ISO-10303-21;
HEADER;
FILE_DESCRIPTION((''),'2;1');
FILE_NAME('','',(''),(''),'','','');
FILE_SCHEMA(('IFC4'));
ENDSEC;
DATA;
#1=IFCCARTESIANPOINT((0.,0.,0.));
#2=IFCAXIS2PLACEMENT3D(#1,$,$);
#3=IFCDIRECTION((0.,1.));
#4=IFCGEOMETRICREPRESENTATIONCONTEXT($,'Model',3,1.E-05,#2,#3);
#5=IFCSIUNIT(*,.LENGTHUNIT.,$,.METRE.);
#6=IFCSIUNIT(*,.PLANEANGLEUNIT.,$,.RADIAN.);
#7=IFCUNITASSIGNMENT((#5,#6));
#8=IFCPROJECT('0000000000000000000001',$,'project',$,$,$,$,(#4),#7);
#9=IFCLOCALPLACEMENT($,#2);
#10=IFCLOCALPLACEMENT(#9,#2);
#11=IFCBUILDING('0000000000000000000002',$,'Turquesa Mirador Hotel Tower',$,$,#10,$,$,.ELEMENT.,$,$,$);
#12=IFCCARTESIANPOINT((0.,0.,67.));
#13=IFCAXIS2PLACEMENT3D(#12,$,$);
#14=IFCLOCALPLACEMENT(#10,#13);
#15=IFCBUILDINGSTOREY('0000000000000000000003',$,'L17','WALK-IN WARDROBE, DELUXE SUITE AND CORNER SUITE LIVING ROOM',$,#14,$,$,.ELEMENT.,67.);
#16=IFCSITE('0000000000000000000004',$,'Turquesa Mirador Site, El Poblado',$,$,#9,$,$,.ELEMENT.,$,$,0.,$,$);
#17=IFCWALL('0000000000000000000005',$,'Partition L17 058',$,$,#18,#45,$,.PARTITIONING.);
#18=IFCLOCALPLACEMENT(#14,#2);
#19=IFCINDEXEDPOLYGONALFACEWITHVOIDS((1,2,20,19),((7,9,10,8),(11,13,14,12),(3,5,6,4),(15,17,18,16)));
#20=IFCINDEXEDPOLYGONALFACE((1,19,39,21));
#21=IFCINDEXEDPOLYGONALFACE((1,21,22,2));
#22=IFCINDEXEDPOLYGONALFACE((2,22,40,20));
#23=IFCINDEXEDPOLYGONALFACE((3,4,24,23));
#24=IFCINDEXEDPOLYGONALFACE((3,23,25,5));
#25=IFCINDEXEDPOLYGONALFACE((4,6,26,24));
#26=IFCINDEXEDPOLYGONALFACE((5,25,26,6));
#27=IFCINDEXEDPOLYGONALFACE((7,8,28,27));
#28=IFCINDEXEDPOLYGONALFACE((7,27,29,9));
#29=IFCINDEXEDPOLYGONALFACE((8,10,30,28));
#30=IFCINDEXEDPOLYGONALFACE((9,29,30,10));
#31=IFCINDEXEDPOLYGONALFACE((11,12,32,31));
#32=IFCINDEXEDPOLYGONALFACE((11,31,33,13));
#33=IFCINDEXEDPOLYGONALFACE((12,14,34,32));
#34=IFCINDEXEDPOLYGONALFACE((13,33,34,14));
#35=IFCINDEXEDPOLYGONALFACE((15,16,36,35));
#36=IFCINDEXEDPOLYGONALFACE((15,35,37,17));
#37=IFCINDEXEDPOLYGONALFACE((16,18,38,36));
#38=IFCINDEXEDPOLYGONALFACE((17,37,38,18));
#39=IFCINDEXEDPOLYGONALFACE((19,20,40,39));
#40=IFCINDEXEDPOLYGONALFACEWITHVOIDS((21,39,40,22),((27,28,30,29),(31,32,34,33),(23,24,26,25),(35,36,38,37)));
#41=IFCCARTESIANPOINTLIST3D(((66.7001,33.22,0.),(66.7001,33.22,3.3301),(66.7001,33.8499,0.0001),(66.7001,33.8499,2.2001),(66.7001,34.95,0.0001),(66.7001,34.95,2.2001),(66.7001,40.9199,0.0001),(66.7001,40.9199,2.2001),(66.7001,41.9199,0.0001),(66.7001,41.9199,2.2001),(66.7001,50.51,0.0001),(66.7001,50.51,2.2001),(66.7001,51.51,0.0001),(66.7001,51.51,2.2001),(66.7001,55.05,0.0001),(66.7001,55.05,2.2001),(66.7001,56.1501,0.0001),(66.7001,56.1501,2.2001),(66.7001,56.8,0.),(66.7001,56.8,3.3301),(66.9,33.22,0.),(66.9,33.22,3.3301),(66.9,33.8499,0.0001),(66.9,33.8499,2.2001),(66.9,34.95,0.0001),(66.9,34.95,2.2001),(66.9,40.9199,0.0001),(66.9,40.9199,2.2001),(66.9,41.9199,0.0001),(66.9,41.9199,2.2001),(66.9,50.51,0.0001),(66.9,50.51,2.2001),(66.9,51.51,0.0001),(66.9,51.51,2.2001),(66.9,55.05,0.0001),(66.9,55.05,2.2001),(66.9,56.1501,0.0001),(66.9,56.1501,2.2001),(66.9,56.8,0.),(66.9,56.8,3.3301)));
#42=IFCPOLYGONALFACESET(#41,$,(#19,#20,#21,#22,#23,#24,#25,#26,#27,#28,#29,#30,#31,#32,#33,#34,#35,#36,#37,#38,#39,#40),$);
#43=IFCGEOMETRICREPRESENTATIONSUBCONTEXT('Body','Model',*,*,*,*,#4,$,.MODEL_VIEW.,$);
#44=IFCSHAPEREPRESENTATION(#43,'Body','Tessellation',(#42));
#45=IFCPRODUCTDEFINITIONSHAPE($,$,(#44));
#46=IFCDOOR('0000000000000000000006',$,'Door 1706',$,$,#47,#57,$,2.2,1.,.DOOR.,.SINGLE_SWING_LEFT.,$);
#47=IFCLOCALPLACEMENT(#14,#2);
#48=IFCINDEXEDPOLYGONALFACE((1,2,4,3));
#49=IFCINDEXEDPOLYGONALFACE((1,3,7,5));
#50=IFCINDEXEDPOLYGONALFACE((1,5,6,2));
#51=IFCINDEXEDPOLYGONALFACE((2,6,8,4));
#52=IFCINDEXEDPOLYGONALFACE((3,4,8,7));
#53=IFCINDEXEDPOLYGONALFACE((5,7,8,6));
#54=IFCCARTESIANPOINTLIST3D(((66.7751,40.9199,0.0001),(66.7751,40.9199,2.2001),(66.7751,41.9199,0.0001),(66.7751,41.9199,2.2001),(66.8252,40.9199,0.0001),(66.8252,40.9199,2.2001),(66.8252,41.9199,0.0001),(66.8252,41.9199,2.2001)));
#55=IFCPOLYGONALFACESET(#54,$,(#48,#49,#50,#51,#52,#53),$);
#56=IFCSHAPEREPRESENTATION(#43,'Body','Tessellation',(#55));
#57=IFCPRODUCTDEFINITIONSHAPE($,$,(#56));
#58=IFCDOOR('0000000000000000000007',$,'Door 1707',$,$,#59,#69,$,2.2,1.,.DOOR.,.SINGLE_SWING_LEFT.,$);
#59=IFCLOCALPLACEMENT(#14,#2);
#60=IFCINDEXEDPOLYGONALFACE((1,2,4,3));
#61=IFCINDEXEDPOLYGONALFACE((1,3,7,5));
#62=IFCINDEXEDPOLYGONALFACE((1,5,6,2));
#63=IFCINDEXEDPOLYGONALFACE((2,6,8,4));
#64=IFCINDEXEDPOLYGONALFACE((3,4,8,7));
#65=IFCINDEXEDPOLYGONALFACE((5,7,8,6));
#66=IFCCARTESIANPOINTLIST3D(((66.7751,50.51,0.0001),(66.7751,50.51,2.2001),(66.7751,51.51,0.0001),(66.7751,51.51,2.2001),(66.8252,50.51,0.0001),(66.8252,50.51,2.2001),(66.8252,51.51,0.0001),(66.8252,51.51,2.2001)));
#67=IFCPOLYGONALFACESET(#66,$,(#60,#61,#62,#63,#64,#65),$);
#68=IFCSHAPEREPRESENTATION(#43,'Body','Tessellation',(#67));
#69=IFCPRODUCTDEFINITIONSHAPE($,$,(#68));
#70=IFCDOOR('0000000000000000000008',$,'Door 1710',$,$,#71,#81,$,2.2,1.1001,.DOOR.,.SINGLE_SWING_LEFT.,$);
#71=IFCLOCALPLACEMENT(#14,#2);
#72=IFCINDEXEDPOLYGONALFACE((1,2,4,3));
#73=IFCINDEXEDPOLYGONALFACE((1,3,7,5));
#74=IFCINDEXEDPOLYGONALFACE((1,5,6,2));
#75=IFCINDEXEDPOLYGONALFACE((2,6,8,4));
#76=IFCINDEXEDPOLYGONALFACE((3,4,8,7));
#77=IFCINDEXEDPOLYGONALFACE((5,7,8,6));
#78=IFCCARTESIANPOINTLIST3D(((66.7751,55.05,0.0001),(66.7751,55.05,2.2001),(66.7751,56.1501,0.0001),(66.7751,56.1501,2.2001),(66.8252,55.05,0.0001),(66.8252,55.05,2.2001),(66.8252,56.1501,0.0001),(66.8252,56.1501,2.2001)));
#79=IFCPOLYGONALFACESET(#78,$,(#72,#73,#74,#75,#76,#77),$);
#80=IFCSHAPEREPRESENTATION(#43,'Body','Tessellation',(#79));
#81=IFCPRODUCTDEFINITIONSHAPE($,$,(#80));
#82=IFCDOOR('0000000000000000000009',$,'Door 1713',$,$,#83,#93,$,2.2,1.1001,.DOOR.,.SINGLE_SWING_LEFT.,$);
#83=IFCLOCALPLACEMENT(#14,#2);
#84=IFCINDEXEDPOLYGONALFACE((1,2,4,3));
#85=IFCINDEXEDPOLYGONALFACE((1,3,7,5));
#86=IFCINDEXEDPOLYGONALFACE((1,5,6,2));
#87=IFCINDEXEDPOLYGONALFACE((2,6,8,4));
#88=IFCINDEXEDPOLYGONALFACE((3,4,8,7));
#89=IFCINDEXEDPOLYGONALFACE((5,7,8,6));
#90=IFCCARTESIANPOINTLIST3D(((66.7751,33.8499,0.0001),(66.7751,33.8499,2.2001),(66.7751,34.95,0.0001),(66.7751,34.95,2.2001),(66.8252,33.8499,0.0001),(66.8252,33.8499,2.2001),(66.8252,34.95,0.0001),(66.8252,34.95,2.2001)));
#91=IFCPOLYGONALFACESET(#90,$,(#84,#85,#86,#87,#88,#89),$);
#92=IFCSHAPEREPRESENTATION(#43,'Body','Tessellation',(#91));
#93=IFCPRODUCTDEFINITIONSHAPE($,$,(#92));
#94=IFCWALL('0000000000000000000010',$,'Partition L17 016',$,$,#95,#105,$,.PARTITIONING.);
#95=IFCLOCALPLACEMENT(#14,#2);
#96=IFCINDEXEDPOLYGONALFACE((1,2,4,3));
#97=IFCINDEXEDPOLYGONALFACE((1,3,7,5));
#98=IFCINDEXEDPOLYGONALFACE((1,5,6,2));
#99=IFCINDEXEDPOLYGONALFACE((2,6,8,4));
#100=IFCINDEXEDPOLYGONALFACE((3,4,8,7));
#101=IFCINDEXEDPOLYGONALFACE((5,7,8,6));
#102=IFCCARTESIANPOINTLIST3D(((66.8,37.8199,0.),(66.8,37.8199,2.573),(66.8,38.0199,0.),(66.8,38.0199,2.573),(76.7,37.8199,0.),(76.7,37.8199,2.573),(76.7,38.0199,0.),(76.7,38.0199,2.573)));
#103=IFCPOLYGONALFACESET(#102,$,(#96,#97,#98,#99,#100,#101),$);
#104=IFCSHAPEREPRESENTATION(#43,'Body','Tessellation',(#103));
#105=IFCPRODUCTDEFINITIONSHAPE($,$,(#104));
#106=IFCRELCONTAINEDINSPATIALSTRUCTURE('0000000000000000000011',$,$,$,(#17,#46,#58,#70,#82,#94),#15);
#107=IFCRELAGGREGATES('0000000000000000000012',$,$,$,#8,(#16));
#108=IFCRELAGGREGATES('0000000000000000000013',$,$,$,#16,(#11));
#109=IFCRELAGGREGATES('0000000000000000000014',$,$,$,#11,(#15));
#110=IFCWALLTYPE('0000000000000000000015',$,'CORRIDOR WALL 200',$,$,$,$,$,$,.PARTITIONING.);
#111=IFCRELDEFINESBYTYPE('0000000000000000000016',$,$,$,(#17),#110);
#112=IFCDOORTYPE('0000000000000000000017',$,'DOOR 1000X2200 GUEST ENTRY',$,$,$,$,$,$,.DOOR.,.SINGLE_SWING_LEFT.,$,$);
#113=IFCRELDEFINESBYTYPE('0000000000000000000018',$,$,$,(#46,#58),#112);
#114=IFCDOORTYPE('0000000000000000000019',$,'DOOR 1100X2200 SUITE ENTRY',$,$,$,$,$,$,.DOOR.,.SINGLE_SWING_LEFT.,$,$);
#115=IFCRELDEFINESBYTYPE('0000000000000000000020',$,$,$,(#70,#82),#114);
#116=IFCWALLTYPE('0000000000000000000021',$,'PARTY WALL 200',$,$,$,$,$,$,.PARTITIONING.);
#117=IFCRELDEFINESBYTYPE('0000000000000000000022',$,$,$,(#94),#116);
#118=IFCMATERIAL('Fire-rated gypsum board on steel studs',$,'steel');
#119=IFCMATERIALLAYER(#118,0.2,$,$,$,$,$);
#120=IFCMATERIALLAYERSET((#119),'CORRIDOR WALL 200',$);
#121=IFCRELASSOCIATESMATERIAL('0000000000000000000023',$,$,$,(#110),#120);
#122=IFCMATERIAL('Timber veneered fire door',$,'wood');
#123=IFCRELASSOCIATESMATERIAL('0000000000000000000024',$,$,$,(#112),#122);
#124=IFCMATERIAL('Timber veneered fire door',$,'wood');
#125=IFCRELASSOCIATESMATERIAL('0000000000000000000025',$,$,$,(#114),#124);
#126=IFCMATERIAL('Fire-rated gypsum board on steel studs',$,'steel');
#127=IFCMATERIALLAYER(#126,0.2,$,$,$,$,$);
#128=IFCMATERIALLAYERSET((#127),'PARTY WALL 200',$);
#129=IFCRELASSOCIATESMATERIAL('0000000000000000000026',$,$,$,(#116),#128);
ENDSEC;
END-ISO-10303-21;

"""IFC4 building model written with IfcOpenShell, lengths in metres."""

from ifc_helpers import new_model, si_unit, direction, frame, frame_2d, origin, place, context, subcontext, project, spatial, rectangle, extrude, material, layer, layer_set, type_object, element, fill, save


model = new_model("IFC4")

# Units and contexts
model_context = context("Model", 3, precision=1e-05, world=origin(), true_north=direction((0.0, 1.0)))
body_context = subcontext(model_context, "Body", "Model", "MODEL_VIEW")
ifc_project = project(units=[si_unit("LENGTHUNIT", "METRE"), si_unit("PLANEANGLEUNIT", "RADIAN")], contexts=[model_context])

# Site, building, storey
site_placement = place(None, origin())
site = spatial("IfcSite", under=ifc_project, at=site_placement, Name="Turquesa Mirador Site, El Poblado", CompositionType="ELEMENT", RefElevation=0.0)
building_placement = place(site_placement, origin())
building = spatial("IfcBuilding", under=site, at=building_placement, Name="Turquesa Mirador Hotel Tower", CompositionType="ELEMENT")
storey_placement = place(building_placement, frame((0.0, 0.0, 67.0)))
storey = spatial("IfcBuildingStorey", under=building, at=storey_placement, Name="L17", Description="WALK-IN WARDROBE, DELUXE SUITE AND CORNER SUITE LIVING ROOM", CompositionType="ELEMENT", Elevation=67.0)

# Wall, openings, doors
ifc_material_1 = material(Name="Fire-rated gypsum board on steel studs", Category="steel")
ifc_layer_1 = layer(ifc_material_1, 0.2)
ifc_layer_set_1 = layer_set([ifc_layer_1], Name="CORRIDOR WALL 200")
wall_type_1 = type_object("IfcWallType", Name="CORRIDOR WALL 200", PredefinedType="PARTITIONING", material=ifc_layer_set_1)
wall_1_placement = place(storey_placement, frame((66.8, 33.22, 0.0), z_axis=(0.0, 0.0, 1.0), x_axis=(0.0, 1.0, 0.0)))
wall_1 = element("IfcWall", 1, at=wall_1_placement, inside=storey, type_object=wall_type_1, Name="Partition L17 058", PredefinedType="PARTITIONING", context=body_context, shape_type="SweptSolid", body=[
    extrude(rectangle(XDim=23.5801, YDim=0.2, at=frame_2d((11.79, 0.0))), origin(), (0.0, 0.0, 1.0), 3.3301),
])
opening_1_placement = place(wall_1_placement, frame((7.7, 0.0, 0.0)))
opening_1 = element("IfcOpeningElement", 2, at=opening_1_placement, cuts=wall_1, PredefinedType="OPENING", context=body_context, shape_type="SweptSolid", body=[
    extrude(rectangle(XDim=1.0, YDim=2.2, at=frame_2d((0.5, 1.1001))), frame((0.0, 0.1099, 0.0), z_axis=(0.0, -1.0, 0.0), x_axis=(1.0, 0.0, 0.0)), (0.0, 0.0, 1.0), 0.22),
])
opening_2_placement = place(wall_1_placement, frame((17.29, 0.0, 0.0)))
opening_2 = element("IfcOpeningElement", 3, at=opening_2_placement, cuts=wall_1, PredefinedType="OPENING", context=body_context, shape_type="SweptSolid", body=[
    extrude(rectangle(XDim=1.0, YDim=2.2, at=frame_2d((0.5, 1.1001))), frame((0.0, 0.1099, 0.0), z_axis=(0.0, -1.0, 0.0), x_axis=(1.0, 0.0, 0.0)), (0.0, 0.0, 1.0), 0.22),
])
opening_3_placement = place(wall_1_placement, frame((21.8301, 0.0, 0.0)))
opening_3 = element("IfcOpeningElement", 4, at=opening_3_placement, cuts=wall_1, PredefinedType="OPENING", context=body_context, shape_type="SweptSolid", body=[
    extrude(rectangle(XDim=1.1001, YDim=2.2, at=frame_2d((0.55, 1.1001))), frame((0.0, 0.1099, 0.0), z_axis=(0.0, -1.0, 0.0), x_axis=(1.0, 0.0, 0.0)), (0.0, 0.0, 1.0), 0.22),
])
opening_4_placement = place(wall_1_placement, frame((0.6299, 0.0, 0.0)))
opening_4 = element("IfcOpeningElement", 5, at=opening_4_placement, cuts=wall_1, PredefinedType="OPENING", context=body_context, shape_type="SweptSolid", body=[
    extrude(rectangle(XDim=1.1001, YDim=2.2, at=frame_2d((0.55, 1.1001))), frame((0.0, 0.1099, 0.0), z_axis=(0.0, -1.0, 0.0), x_axis=(1.0, 0.0, 0.0)), (0.0, 0.0, 1.0), 0.22),
])
ifc_material_2 = material(Name="Timber veneered fire door", Category="wood")
door_type_1 = type_object("IfcDoorType", Name="DOOR 1000X2200 GUEST ENTRY", OperationType="SINGLE_SWING_LEFT", PredefinedType="DOOR", material=ifc_material_2)
door_1_placement = place(opening_1_placement, origin())
door_1 = element("IfcDoor", 6, at=door_1_placement, inside=storey, type_object=door_type_1, Name="Door 1706", OperationType="SINGLE_SWING_LEFT", OverallHeight=2.2, OverallWidth=1.0, PredefinedType="DOOR", context=body_context, shape_type="SweptSolid", body=[
    extrude(rectangle(XDim=1.0, YDim=2.2, at=frame_2d((0.5, 1.1001))), frame((0.0, 0.0249, 0.0), z_axis=(0.0, -1.0, 0.0), x_axis=(1.0, 0.0, 0.0)), (0.0, 0.0, 1.0), 0.05),
])
fill(opening_1, door_1)
door_2_placement = place(opening_2_placement, origin())
door_2 = element("IfcDoor", 7, at=door_2_placement, inside=storey, type_object=door_type_1, Name="Door 1707", OperationType="SINGLE_SWING_LEFT", OverallHeight=2.2, OverallWidth=1.0, PredefinedType="DOOR", context=body_context, shape_type="SweptSolid", body=[
    extrude(rectangle(XDim=1.0, YDim=2.2, at=frame_2d((0.5, 1.1001))), frame((0.0, 0.0249, 0.0), z_axis=(0.0, -1.0, 0.0), x_axis=(1.0, 0.0, 0.0)), (0.0, 0.0, 1.0), 0.05),
])
fill(opening_2, door_2)
ifc_material_3 = material(Name="Timber veneered fire door", Category="wood")
door_type_2 = type_object("IfcDoorType", Name="DOOR 1100X2200 SUITE ENTRY", OperationType="SINGLE_SWING_LEFT", PredefinedType="DOOR", material=ifc_material_3)
door_3_placement = place(opening_3_placement, origin())
door_3 = element("IfcDoor", 8, at=door_3_placement, inside=storey, type_object=door_type_2, Name="Door 1710", OperationType="SINGLE_SWING_LEFT", OverallHeight=2.2, OverallWidth=1.1001, PredefinedType="DOOR", context=body_context, shape_type="SweptSolid", body=[
    extrude(rectangle(XDim=1.1001, YDim=2.2, at=frame_2d((0.55, 1.1001))), frame((0.0, 0.0249, 0.0), z_axis=(0.0, -1.0, 0.0), x_axis=(1.0, 0.0, 0.0)), (0.0, 0.0, 1.0), 0.05),
])
fill(opening_3, door_3)
door_4_placement = place(opening_4_placement, origin())
door_4 = element("IfcDoor", 9, at=door_4_placement, inside=storey, type_object=door_type_2, Name="Door 1713", OperationType="SINGLE_SWING_LEFT", OverallHeight=2.2, OverallWidth=1.1001, PredefinedType="DOOR", context=body_context, shape_type="SweptSolid", body=[
    extrude(rectangle(XDim=1.1001, YDim=2.2, at=frame_2d((0.55, 1.1001))), frame((0.0, 0.0249, 0.0), z_axis=(0.0, -1.0, 0.0), x_axis=(1.0, 0.0, 0.0)), (0.0, 0.0, 1.0), 0.05),
])
fill(opening_4, door_4)

# Wall
ifc_material_4 = material(Name="Fire-rated gypsum board on steel studs", Category="steel")
ifc_layer_2 = layer(ifc_material_4, 0.2)
ifc_layer_set_2 = layer_set([ifc_layer_2], Name="PARTY WALL 200")
wall_type_2 = type_object("IfcWallType", Name="PARTY WALL 200", PredefinedType="PARTITIONING", material=ifc_layer_set_2)
wall_2_placement = place(storey_placement, frame((66.8, 37.9199, 0.0), z_axis=(0.0, 0.0, 1.0), x_axis=(1.0, 0.0, 0.0)))
element("IfcWall", 10, at=wall_2_placement, inside=storey, type_object=wall_type_2, Name="Partition L17 016", PredefinedType="PARTITIONING", context=body_context, shape_type="SweptSolid", body=[
    extrude(rectangle(XDim=9.8999, YDim=0.2, at=frame_2d((4.95, 0.0))), origin(), (0.0, 0.0, 1.0), 2.573),
])

save(model, "model.ifc")
